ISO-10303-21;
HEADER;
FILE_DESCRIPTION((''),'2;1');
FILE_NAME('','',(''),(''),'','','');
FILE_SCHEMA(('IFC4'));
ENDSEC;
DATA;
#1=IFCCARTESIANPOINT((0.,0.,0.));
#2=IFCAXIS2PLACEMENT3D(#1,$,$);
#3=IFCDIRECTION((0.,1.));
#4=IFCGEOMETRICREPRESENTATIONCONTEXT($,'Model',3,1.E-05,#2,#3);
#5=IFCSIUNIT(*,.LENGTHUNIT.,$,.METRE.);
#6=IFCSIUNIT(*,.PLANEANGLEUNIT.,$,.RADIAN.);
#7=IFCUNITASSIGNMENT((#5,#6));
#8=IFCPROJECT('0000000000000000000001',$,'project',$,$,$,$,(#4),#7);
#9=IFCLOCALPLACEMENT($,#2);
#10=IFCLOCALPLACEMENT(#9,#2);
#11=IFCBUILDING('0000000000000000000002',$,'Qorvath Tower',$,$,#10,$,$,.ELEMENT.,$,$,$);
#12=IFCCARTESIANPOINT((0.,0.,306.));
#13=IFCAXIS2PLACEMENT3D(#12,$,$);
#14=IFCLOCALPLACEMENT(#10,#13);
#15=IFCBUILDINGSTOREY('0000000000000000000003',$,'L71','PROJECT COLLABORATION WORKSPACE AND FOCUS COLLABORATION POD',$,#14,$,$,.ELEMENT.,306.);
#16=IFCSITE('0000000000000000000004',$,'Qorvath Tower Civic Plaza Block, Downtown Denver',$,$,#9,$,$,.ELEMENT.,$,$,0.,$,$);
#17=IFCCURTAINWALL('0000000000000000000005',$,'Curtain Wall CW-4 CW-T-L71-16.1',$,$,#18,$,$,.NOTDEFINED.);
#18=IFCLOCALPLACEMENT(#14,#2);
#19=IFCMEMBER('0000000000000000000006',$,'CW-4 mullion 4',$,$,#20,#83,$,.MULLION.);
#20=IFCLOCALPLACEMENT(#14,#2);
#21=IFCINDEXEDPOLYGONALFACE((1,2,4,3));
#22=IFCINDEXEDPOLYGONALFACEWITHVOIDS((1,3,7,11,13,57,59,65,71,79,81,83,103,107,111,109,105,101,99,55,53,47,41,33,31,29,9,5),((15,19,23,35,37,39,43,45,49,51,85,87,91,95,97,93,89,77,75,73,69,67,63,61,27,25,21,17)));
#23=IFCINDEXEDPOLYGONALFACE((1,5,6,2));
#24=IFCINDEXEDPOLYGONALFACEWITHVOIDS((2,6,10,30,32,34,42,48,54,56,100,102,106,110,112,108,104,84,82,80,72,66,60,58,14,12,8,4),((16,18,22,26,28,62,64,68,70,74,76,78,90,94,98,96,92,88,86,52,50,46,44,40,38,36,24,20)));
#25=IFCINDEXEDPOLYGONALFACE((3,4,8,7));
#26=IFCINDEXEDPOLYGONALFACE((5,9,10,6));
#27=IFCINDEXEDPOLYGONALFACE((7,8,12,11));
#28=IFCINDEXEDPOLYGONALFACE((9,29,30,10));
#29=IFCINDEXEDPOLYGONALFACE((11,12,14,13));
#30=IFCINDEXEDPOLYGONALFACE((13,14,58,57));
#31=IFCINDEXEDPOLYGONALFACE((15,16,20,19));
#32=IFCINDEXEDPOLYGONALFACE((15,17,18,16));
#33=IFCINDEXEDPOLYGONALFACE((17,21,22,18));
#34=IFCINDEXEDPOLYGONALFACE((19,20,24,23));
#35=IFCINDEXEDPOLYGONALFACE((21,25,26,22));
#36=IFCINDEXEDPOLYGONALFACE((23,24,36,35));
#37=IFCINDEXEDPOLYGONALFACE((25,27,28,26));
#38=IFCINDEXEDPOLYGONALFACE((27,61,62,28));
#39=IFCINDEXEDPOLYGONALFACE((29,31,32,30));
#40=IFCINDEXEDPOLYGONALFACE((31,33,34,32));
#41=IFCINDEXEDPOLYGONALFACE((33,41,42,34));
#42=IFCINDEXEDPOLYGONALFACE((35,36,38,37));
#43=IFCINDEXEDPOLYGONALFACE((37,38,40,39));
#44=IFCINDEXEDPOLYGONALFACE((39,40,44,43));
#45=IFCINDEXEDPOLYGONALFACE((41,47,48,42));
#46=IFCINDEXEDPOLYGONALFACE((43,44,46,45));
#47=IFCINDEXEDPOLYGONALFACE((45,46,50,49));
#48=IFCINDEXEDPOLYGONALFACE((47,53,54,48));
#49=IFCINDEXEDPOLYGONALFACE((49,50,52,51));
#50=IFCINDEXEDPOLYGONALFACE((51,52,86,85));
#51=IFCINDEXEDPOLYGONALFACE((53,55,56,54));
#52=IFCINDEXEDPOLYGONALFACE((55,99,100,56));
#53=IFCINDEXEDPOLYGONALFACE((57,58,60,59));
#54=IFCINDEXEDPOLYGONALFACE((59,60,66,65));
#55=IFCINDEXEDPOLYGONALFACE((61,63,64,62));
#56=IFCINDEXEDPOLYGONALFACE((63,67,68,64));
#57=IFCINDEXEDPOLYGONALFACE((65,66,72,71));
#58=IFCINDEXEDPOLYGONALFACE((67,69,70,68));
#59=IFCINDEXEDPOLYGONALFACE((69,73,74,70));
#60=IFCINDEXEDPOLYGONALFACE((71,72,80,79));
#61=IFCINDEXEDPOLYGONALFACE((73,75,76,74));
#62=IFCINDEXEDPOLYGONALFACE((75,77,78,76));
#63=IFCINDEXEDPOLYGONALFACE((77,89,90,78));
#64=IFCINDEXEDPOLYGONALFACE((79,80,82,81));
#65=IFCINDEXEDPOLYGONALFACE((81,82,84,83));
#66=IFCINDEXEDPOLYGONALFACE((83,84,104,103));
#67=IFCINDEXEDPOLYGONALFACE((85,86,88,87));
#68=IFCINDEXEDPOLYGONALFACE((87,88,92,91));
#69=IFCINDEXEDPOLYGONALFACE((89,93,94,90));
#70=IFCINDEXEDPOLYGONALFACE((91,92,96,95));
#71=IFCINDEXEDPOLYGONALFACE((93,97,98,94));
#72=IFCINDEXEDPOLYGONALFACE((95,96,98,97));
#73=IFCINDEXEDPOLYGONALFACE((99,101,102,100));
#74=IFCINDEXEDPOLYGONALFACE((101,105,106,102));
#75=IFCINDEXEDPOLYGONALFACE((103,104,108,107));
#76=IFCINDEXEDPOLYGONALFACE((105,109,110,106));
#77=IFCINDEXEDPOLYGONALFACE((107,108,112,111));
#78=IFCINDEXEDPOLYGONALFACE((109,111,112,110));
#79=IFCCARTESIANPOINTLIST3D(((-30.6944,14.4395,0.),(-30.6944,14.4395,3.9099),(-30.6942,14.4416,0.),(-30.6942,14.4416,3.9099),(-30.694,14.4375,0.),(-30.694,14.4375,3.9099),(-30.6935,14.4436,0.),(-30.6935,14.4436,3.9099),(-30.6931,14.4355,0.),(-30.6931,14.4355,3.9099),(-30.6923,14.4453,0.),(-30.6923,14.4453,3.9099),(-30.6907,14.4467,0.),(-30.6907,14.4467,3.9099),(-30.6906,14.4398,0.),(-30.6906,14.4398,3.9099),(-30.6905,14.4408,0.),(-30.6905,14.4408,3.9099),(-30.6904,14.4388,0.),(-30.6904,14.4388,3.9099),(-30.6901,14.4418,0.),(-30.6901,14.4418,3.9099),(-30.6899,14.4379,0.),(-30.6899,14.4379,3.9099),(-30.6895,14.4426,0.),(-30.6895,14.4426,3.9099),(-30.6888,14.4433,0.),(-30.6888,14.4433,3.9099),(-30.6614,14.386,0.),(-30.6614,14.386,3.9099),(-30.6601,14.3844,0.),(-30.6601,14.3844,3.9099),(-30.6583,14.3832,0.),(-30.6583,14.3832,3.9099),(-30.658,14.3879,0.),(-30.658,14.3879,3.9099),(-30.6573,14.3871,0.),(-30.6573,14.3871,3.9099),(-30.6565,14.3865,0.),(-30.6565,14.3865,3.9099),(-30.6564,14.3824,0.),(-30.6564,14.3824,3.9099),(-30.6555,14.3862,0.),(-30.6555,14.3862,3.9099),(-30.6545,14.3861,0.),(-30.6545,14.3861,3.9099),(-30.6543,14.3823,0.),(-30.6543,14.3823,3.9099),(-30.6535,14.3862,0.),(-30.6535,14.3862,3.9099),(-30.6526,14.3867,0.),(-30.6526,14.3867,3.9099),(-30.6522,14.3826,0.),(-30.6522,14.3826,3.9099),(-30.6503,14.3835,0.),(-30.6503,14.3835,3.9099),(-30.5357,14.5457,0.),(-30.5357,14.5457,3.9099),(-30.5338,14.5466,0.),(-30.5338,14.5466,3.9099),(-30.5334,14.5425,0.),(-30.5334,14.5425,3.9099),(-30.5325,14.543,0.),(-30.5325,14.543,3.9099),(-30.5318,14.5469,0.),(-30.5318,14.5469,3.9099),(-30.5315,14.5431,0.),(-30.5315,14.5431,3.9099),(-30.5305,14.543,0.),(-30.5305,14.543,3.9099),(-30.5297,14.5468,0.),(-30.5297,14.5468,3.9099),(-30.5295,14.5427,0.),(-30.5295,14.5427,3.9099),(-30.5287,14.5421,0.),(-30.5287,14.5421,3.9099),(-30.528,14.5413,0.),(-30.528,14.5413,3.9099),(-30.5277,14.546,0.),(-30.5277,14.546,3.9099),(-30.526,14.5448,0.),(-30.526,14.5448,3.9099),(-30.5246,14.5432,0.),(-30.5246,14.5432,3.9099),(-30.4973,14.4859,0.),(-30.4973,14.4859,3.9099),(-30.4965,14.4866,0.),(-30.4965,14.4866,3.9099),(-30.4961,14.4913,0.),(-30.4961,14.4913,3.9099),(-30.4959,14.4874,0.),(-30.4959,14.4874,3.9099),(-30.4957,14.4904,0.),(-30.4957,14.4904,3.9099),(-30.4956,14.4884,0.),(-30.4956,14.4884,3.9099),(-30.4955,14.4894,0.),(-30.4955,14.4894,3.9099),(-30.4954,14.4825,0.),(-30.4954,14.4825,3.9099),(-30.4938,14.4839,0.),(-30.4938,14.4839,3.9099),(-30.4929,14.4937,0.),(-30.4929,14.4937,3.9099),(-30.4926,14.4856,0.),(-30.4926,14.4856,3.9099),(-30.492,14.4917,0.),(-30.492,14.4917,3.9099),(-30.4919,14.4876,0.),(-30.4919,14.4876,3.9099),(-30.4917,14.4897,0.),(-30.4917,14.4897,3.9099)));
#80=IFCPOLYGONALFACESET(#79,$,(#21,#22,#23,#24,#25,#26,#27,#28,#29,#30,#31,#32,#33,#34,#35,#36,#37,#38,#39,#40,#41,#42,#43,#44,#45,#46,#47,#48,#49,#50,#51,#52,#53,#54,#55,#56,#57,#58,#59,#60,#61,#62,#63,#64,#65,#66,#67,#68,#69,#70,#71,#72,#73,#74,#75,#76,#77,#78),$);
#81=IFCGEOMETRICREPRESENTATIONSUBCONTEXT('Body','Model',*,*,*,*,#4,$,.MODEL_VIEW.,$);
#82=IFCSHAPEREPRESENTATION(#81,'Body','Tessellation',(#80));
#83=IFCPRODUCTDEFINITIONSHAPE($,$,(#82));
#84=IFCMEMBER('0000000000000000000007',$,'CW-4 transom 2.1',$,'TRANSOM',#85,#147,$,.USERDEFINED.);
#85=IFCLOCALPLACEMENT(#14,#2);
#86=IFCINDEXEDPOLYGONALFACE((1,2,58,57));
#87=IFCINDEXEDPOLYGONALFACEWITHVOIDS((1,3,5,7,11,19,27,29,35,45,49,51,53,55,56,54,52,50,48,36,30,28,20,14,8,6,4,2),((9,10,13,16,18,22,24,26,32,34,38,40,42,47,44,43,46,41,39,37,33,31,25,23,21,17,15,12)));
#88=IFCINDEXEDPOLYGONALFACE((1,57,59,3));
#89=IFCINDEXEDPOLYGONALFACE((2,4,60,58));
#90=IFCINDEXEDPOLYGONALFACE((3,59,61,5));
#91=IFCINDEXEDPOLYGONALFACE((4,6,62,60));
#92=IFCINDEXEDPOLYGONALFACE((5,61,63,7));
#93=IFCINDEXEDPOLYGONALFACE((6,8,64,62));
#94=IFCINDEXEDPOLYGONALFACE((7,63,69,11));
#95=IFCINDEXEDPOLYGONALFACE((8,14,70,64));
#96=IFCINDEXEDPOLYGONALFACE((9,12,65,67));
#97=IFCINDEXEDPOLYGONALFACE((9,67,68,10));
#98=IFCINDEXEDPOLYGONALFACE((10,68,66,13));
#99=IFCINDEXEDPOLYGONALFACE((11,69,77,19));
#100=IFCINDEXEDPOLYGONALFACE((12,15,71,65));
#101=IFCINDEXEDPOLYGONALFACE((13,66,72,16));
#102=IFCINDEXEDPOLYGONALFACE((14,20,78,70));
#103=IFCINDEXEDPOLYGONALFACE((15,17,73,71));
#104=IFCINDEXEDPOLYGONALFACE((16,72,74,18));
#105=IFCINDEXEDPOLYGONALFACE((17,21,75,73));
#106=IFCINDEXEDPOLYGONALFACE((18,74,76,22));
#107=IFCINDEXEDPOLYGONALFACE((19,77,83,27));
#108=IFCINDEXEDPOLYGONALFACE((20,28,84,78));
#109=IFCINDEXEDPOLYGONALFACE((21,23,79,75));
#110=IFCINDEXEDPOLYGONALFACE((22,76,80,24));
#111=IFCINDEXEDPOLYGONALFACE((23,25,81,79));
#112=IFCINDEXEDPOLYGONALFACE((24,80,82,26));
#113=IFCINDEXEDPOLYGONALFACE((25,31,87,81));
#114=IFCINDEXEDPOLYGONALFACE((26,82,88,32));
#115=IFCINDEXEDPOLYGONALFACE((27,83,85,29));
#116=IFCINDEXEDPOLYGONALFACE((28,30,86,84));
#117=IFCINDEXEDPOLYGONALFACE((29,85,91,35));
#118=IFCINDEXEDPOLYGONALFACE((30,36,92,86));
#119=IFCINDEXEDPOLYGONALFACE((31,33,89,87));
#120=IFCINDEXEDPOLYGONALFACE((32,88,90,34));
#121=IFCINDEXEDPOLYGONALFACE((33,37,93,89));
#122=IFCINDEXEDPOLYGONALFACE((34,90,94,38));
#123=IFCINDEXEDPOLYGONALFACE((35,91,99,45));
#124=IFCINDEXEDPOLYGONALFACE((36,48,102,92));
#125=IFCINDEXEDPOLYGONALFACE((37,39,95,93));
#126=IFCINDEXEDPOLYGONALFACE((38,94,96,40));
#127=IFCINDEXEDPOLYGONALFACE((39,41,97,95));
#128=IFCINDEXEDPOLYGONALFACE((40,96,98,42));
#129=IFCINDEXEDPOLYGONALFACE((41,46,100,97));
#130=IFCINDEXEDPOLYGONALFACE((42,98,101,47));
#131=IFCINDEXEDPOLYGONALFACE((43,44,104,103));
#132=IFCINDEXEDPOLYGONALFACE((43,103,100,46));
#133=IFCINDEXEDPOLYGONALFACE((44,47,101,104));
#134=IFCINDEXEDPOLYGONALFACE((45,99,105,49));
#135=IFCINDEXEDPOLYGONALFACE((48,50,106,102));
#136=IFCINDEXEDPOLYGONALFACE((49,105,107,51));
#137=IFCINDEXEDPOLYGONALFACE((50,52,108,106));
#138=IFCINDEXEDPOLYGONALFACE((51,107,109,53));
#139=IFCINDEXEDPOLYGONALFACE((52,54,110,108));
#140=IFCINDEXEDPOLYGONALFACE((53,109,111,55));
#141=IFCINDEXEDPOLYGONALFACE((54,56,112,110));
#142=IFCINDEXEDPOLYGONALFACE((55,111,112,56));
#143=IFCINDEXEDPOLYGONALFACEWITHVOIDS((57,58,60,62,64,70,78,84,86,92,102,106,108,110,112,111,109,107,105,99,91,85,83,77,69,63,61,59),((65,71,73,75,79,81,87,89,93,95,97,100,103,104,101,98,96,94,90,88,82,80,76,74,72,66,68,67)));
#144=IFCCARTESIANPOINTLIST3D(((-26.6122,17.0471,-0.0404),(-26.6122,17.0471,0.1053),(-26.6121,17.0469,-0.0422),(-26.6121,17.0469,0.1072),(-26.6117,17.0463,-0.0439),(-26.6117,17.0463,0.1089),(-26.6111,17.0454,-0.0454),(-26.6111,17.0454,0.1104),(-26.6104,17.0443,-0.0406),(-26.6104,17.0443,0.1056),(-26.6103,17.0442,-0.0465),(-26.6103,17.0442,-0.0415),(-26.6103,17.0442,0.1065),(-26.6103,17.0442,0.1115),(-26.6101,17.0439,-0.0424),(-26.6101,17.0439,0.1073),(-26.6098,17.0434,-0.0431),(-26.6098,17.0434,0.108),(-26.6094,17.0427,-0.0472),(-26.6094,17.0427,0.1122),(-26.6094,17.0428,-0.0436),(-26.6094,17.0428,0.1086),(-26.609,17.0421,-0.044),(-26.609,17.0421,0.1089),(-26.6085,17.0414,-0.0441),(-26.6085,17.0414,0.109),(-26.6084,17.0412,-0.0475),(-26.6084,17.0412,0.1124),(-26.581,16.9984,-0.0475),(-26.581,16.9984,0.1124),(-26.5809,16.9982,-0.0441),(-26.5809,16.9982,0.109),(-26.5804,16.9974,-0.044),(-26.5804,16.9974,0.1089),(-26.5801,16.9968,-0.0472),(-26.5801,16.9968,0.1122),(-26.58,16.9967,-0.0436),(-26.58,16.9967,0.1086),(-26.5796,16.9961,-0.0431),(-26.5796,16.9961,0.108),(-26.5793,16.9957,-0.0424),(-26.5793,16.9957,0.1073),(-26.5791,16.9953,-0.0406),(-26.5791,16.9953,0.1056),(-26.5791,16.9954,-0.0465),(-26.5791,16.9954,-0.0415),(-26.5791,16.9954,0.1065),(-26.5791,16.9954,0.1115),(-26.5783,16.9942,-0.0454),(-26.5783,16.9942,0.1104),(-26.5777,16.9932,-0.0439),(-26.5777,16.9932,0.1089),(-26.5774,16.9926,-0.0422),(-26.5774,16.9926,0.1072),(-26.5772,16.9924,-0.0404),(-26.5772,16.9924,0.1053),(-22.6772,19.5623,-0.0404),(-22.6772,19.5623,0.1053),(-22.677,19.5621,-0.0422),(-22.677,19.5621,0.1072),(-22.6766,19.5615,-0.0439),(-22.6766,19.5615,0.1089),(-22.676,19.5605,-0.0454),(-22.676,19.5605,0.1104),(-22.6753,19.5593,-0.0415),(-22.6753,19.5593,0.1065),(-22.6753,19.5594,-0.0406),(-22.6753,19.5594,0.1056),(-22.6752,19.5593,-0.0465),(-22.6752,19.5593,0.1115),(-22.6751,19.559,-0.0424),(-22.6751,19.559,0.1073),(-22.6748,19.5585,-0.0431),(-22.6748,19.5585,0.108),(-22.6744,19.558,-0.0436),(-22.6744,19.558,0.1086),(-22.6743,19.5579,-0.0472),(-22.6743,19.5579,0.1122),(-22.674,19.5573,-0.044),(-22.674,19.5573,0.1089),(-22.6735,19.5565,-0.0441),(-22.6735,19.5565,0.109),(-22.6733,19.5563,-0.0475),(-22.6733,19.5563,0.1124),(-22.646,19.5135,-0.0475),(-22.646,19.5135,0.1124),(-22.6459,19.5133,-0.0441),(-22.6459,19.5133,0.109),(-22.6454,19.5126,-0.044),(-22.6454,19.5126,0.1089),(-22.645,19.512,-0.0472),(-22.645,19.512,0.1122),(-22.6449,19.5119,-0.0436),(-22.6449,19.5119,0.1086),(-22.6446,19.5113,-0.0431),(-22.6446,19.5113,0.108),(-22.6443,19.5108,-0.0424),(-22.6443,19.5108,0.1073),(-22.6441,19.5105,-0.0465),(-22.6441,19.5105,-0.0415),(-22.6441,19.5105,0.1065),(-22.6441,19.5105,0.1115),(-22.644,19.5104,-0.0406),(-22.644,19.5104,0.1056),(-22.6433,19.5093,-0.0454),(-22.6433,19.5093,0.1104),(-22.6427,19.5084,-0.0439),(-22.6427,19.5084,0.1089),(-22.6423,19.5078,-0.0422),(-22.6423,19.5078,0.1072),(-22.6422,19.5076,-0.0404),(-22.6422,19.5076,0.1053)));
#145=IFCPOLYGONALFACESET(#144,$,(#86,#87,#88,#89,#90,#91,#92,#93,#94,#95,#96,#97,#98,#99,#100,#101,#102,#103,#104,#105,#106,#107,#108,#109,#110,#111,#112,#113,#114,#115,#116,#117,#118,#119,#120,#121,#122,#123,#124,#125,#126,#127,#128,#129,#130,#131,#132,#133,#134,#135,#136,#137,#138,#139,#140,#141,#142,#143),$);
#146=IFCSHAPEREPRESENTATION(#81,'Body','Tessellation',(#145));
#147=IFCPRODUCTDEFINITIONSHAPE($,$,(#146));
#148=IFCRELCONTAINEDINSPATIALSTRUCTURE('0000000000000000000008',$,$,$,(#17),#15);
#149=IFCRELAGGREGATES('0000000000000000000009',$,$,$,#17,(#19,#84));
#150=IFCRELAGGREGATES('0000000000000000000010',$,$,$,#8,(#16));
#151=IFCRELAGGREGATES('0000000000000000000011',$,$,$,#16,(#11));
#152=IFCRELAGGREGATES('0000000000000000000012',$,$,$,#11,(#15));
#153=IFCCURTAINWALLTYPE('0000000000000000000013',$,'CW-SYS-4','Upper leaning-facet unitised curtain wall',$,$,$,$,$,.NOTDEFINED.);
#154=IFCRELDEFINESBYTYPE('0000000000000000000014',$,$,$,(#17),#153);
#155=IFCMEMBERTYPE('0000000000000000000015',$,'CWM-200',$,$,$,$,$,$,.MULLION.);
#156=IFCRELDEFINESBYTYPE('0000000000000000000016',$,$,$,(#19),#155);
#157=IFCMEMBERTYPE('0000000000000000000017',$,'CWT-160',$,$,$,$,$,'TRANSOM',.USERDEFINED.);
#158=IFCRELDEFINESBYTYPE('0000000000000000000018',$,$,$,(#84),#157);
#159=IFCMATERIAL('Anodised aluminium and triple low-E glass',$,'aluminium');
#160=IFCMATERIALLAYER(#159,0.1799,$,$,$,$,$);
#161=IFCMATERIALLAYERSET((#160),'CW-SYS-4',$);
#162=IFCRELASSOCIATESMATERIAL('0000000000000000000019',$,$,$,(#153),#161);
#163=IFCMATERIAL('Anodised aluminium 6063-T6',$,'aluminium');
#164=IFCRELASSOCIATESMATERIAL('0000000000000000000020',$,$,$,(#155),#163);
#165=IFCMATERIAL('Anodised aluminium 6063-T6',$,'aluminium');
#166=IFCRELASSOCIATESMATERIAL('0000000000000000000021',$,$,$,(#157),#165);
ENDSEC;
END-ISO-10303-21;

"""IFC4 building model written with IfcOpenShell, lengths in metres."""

from ifc_helpers import new_model, si_unit, direction, frame, origin, origin_2d, place, context, subcontext, project, spatial, hollow_rectangle, extrude, material, layer, layer_set, material_profile, profile_set, type_object, element, aggregate, save


model = new_model("IFC4")

# Units and contexts
model_context = context("Model", 3, precision=1e-05, world=origin(), true_north=direction((0.0, 1.0)))
body_context = subcontext(model_context, "Body", "Model", "MODEL_VIEW")
ifc_project = project(units=[si_unit("LENGTHUNIT", "METRE"), si_unit("PLANEANGLEUNIT", "RADIAN")], contexts=[model_context])

# Site, building, storey
site_placement = place(None, origin())
site = spatial("IfcSite", under=ifc_project, at=site_placement, Name="Qorvath Tower Civic Plaza Block, Downtown Denver", CompositionType="ELEMENT", RefElevation=0.0)
building_placement = place(site_placement, origin())
building = spatial("IfcBuilding", under=site, at=building_placement, Name="Qorvath Tower", CompositionType="ELEMENT")
storey_placement = place(building_placement, frame((0.0, 0.0, 306.0)))
storey = spatial("IfcBuildingStorey", under=building, at=storey_placement, Name="L71", Description="PROJECT COLLABORATION WORKSPACE AND FOCUS COLLABORATION POD", CompositionType="ELEMENT", Elevation=306.0)

# Curtain wall, members
ifc_material_1 = material(Name="Anodised aluminium and triple low-E glass", Category="aluminium")
ifc_layer_1 = layer(ifc_material_1, 0.1799)
ifc_layer_set_1 = layer_set([ifc_layer_1], Name="CW-SYS-4")
curtain_wall_type = type_object("IfcCurtainWallType", Name="CW-SYS-4", Description="Upper leaning-facet unitised curtain wall", PredefinedType="NOTDEFINED", material=ifc_layer_set_1)
curtain_wall_placement = place(storey_placement, origin())
curtain_wall = element("IfcCurtainWall", 1, at=curtain_wall_placement, inside=storey, type_object=curtain_wall_type, Name="Curtain Wall CW-4 CW-T-L71-16.1", PredefinedType="NOTDEFINED")
ifc_material_2 = material(Name="Anodised aluminium 6063-T6", Category="aluminium")
ifc_material_profile_1 = material_profile(ifc_material_2, hollow_rectangle(XDim=0.075, YDim=0.2, WallThickness=0.0039, InnerFilletRadius=0.0039, OuterFilletRadius=0.0081, at=origin_2d()), Name="CWM 200x75")
ifc_profile_set_1 = profile_set([ifc_material_profile_1], Name="Anodised aluminium 6063-T6")
member_type_1 = type_object("IfcMemberType", Name="CWM-200", PredefinedType="MULLION", material=ifc_profile_set_1)
member_1_placement = place(storey_placement, frame((-30.593, 14.4646, 0.0), z_axis=(0.0, 0.0, 1.0), x_axis=(0.538533, -0.842604, 0.0)))
member_1 = element("IfcMember", 2, at=member_1_placement, type_object=member_type_1, Name="CW-4 mullion 4", PredefinedType="MULLION", context=body_context, shape_type="SweptSolid", body=[
    extrude(hollow_rectangle(XDim=0.075, YDim=0.2, WallThickness=0.0039, InnerFilletRadius=0.0039, OuterFilletRadius=0.0081, at=origin_2d()), origin(), (0.0, 0.0, 1.0), 3.9099),
])
ifc_material_3 = material(Name="Anodised aluminium 6063-T6", Category="aluminium")
ifc_material_profile_2 = material_profile(ifc_material_3, hollow_rectangle(XDim=0.0649, YDim=0.1599, WallThickness=0.0034, InnerFilletRadius=0.0034, OuterFilletRadius=0.0071, at=origin_2d()), Name="CWT 160x65")
ifc_profile_set_2 = profile_set([ifc_material_profile_2], Name="Anodised aluminium 6063-T6")
member_type_2 = type_object("IfcMemberType", Name="CWT-160", ElementType="TRANSOM", PredefinedType="USERDEFINED", material=ifc_profile_set_2)
member_2_placement = place(storey_placement, frame((-22.6597, 19.5349, 0.0325), z_axis=(-0.842592, -0.538552, 0.0), x_axis=(0.538552, -0.842592, 0.0)))
member_2 = element("IfcMember", 3, at=member_2_placement, type_object=member_type_2, Name="CW-4 transom 2.1", ObjectType="TRANSOM", PredefinedType="USERDEFINED", context=body_context, shape_type="SweptSolid", body=[
    extrude(hollow_rectangle(XDim=0.0649, YDim=0.1599, WallThickness=0.0034, InnerFilletRadius=0.0034, OuterFilletRadius=0.0071, at=origin_2d()), origin(), (0.0, 0.0, 1.0), 4.6702),
])
aggregate(curtain_wall, [member_1, member_2])

save(model, "model.ifc")
